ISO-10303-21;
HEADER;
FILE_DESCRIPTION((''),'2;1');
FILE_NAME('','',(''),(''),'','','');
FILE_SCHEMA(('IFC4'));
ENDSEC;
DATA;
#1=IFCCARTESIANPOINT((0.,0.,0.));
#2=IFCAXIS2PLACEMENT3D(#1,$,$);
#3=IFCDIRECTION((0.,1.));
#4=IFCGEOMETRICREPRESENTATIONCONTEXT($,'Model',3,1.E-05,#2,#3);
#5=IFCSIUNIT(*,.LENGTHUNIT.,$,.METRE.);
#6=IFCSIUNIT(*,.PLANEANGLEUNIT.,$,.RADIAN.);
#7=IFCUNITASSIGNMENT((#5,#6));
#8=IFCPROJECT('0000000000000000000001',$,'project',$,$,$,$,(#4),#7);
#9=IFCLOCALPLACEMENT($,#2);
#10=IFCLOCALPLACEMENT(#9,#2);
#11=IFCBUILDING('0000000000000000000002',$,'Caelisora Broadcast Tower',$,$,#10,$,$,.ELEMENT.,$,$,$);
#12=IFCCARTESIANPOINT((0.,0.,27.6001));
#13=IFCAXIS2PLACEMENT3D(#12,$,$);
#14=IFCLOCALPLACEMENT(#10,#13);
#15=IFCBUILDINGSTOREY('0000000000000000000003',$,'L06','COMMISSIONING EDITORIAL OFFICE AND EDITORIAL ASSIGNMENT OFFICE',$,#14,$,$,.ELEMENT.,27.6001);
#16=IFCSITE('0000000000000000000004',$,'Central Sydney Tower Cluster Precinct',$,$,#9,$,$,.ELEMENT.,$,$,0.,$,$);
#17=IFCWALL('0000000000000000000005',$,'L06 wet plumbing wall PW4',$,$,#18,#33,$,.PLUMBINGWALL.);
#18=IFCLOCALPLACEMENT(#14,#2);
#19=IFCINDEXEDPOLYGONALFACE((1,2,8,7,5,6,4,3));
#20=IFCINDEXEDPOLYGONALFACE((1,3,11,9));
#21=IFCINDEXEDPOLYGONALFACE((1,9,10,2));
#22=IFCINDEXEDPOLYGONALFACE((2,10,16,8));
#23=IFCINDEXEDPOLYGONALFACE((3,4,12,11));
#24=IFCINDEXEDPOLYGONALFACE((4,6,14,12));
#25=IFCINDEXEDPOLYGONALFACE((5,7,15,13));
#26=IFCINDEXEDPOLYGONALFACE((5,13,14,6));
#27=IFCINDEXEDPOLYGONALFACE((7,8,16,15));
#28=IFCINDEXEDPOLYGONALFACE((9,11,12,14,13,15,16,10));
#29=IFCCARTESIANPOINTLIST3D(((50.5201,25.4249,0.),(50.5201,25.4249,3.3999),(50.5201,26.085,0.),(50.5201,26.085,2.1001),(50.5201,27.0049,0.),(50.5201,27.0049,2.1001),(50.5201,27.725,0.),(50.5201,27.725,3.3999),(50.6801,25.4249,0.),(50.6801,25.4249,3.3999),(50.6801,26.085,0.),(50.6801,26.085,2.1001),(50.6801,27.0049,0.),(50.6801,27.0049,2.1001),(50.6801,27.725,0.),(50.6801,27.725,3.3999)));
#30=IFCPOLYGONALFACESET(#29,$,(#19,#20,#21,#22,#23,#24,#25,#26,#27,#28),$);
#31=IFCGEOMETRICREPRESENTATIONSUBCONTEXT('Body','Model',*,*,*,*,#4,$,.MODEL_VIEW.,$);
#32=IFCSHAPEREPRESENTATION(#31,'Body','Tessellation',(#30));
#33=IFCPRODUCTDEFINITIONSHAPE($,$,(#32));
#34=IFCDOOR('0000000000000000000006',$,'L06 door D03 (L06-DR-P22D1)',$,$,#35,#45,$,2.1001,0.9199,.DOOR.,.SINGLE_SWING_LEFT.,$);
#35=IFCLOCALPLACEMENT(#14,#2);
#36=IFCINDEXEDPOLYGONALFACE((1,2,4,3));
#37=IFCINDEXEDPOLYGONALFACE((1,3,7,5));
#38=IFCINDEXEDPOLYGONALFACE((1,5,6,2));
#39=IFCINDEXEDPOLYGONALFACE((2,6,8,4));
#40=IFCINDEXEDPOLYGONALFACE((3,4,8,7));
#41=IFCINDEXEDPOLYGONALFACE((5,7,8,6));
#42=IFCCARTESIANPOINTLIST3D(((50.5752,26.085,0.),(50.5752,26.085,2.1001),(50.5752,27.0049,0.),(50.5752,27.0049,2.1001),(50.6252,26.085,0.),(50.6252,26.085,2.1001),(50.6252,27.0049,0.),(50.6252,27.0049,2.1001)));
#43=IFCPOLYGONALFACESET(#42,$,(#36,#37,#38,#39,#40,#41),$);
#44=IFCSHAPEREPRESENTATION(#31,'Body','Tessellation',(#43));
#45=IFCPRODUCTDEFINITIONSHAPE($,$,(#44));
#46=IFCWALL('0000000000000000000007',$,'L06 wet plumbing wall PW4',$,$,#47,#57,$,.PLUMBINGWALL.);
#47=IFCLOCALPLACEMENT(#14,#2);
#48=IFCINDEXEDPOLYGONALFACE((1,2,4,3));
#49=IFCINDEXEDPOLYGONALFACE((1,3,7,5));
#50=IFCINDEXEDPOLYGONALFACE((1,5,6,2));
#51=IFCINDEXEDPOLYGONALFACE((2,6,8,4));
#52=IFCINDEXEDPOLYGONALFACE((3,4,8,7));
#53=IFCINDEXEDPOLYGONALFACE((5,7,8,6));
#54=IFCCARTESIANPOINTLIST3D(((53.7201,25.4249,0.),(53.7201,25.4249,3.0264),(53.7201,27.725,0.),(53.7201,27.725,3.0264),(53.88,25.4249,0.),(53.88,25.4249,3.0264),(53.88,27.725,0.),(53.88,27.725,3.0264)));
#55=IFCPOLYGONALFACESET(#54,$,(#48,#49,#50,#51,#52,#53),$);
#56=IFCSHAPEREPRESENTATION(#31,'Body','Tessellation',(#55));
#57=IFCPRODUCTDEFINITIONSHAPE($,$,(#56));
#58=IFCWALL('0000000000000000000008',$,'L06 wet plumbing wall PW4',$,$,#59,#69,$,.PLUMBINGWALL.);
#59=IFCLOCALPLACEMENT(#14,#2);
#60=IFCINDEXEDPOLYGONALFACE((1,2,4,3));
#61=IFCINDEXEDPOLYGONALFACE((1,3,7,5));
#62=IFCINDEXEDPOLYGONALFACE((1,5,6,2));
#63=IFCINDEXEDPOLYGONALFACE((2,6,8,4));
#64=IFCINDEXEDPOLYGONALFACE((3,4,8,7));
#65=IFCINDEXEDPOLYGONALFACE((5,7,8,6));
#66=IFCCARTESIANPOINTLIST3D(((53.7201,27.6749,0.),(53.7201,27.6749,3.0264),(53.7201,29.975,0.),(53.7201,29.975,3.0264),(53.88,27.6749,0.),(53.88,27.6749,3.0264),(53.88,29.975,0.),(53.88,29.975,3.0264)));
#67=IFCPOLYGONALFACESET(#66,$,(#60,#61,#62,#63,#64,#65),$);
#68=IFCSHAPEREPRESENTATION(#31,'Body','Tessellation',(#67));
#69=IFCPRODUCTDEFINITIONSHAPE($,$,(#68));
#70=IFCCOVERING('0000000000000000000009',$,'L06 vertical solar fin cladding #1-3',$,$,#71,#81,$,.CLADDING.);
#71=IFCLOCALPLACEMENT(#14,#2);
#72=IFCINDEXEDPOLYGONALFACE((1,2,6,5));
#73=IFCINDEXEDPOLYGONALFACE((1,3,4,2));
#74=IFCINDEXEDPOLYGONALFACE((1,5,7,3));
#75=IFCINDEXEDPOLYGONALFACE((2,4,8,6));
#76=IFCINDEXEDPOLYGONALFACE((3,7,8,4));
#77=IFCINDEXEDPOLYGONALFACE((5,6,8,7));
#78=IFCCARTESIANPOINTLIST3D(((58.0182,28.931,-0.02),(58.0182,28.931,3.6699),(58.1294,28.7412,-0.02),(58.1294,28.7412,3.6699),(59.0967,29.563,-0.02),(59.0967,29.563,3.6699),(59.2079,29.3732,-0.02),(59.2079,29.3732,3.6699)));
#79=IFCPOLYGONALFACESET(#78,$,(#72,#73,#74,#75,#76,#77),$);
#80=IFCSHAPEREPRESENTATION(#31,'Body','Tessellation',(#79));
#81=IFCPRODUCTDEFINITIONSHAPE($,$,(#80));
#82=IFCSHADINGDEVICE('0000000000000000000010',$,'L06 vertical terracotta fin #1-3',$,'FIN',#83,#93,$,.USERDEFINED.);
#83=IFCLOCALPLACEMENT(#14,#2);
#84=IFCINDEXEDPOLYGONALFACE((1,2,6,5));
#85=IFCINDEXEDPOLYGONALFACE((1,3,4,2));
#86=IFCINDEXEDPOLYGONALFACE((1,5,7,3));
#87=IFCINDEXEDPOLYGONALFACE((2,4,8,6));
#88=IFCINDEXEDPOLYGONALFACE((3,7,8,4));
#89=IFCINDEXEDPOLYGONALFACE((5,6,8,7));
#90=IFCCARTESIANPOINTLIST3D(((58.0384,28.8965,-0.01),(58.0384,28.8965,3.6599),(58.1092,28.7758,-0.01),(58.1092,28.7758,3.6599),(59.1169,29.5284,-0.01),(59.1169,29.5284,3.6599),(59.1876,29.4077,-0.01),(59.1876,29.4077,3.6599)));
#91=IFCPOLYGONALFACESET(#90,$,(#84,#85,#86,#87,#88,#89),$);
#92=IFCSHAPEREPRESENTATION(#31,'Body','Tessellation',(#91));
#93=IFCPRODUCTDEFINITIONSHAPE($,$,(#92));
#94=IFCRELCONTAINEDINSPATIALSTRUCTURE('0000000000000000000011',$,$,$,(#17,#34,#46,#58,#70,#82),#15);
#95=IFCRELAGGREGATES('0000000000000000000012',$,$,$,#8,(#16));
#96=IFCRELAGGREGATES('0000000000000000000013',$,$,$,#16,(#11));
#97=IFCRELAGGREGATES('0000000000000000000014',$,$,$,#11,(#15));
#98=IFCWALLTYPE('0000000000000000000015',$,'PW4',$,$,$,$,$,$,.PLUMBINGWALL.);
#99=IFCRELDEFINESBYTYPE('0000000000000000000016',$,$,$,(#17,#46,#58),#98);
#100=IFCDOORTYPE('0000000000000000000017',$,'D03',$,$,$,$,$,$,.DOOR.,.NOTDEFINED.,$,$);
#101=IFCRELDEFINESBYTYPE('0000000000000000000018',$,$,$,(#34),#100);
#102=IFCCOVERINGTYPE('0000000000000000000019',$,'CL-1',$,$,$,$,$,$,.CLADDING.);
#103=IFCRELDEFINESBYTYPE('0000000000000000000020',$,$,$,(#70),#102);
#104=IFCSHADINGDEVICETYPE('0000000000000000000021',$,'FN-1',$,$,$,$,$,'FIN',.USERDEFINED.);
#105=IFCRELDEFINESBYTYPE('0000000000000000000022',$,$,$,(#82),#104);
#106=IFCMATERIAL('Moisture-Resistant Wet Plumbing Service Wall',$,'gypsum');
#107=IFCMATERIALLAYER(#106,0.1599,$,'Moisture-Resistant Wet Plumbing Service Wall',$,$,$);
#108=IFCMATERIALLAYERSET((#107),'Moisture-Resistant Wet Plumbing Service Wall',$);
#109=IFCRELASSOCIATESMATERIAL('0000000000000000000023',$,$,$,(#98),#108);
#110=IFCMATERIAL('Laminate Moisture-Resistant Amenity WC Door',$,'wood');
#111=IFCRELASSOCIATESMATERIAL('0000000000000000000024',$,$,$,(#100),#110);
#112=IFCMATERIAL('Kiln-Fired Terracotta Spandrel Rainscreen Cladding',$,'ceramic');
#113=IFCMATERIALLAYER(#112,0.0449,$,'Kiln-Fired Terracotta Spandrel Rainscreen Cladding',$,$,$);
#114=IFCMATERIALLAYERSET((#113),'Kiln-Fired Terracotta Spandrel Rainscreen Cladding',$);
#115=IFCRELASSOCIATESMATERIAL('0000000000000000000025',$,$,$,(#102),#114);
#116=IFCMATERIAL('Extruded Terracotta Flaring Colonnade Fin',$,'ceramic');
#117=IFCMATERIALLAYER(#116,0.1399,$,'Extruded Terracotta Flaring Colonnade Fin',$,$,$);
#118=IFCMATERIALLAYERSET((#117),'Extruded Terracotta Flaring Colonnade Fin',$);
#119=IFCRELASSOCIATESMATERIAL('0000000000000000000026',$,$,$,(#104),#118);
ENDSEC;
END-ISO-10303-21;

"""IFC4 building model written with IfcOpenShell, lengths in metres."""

from ifc_helpers import new_model, si_unit, direction, frame, frame_2d, origin, origin_2d, place, context, subcontext, project, spatial, rectangle, extrude, source, transform, mapped, material, layer, layer_set, type_object, type_shapes, element, fill, save


model = new_model("IFC4")

# Units and contexts
model_context = context("Model", 3, precision=1e-05, world=origin(), true_north=direction((0.0, 1.0)))
body_context = subcontext(model_context, "Body", "Model", "MODEL_VIEW")
ifc_project = project(units=[si_unit("LENGTHUNIT", "METRE"), si_unit("PLANEANGLEUNIT", "RADIAN")], contexts=[model_context])

# Site, building, storey
site_placement = place(None, origin())
site = spatial("IfcSite", under=ifc_project, at=site_placement, Name="Central Sydney Tower Cluster Precinct", CompositionType="ELEMENT", RefElevation=0.0)
building_placement = place(site_placement, origin())
building = spatial("IfcBuilding", under=site, at=building_placement, Name="Caelisora Broadcast Tower", CompositionType="ELEMENT")
storey_placement = place(building_placement, frame((0.0, 0.0, 27.6001)))
storey = spatial("IfcBuildingStorey", under=building, at=storey_placement, Name="L06", Description="COMMISSIONING EDITORIAL OFFICE AND EDITORIAL ASSIGNMENT OFFICE", CompositionType="ELEMENT", Elevation=27.6001)

# Shared definitions
ifc_material_1 = material(Name="Moisture-Resistant Wet Plumbing Service Wall", Category="gypsum")
ifc_layer_1 = layer(ifc_material_1, 0.1599, Name="Moisture-Resistant Wet Plumbing Service Wall")
ifc_layer_set_1 = layer_set([ifc_layer_1], Name="Moisture-Resistant Wet Plumbing Service Wall")
wall_type_1 = type_object("IfcWallType", Name="PW4", PredefinedType="PLUMBINGWALL", material=ifc_layer_set_1)
ifc_material_2 = material(Name="Laminate Moisture-Resistant Amenity WC Door", Category="wood")
door_type = type_object("IfcDoorType", Name="D03", OperationType="NOTDEFINED", PredefinedType="DOOR", material=ifc_material_2)

# Wall, opening, door
wall_1_placement = place(storey_placement, frame((50.6001, 25.425, 0.0), z_axis=(0.0, 0.0, 1.0), x_axis=(0.0, 1.0, 0.0)))
wall_1 = element("IfcWall", 1, at=wall_1_placement, inside=storey, type_object=wall_type_1, Name="L06 wet plumbing wall PW4", PredefinedType="PLUMBINGWALL", context=body_context, shape_type="SweptSolid", body=[
    extrude(rectangle(XDim=2.3, YDim=0.1599, at=frame_2d((1.1499, 0.0))), origin(), (0.0, 0.0, 1.0), 3.3999),
])
opening_1_placement = place(wall_1_placement, frame((0.6599, 0.0, 0.0)))
opening_1 = element("IfcOpeningElement", 2, at=opening_1_placement, cuts=wall_1, PredefinedType="OPENING", context=body_context, shape_type="SweptSolid", body=[
    extrude(rectangle(XDim=0.9199, YDim=2.1001, at=frame_2d((0.46, 1.05))), frame((0.0, 0.092, 0.0), z_axis=(0.0, -1.0, 0.0), x_axis=(1.0, 0.0, 0.0)), (0.0, 0.0, 1.0), 0.1838),
])
door_1_placement = place(opening_1_placement, origin())
door_1 = element("IfcDoor", 3, at=door_1_placement, inside=storey, type_object=door_type, Name="L06 door D03 (L06-DR-P22D1)", OperationType="SINGLE_SWING_LEFT", OverallHeight=2.1001, OverallWidth=0.9199, PredefinedType="DOOR", context=body_context, shape_type="SweptSolid", body=[
    extrude(rectangle(XDim=0.9199, YDim=2.1001, at=frame_2d((0.46, 1.05))), frame((0.0, 0.0249, 0.0), z_axis=(0.0, -1.0, 0.0), x_axis=(1.0, 0.0, 0.0)), (0.0, 0.0, 1.0), 0.05),
])
fill(opening_1, door_1)

# Walls
for number, where, z_axis, x_axis, name in (
    (4, (53.8, 25.425, 0.0), (0.0, 0.0, 1.0), (0.0, 1.0, 0.0), "L06 wet plumbing wall PW4"),
    (5, (53.8, 27.675, 0.0), (0.0, 0.0, 1.0), (0.0, 1.0, 0.0), "L06 wet plumbing wall PW4"),
):
    element("IfcWall", number, at=place(storey_placement, frame(where, z_axis=z_axis, x_axis=x_axis)), inside=storey, type_object=wall_type_1, Name=name, PredefinedType="PLUMBINGWALL", context=body_context, shape_type="SweptSolid", body=[
        extrude(rectangle(XDim=2.3, YDim=0.1599, at=frame_2d((1.1499, 0.0))), origin(), (0.0, 0.0, 1.0), 3.0264),
    ])

# Covering
ifc_material_3 = material(Name="Kiln-Fired Terracotta Spandrel Rainscreen Cladding", Category="ceramic")
ifc_layer_2 = layer(ifc_material_3, 0.0449, Name="Kiln-Fired Terracotta Spandrel Rainscreen Cladding")
ifc_layer_set_2 = layer_set([ifc_layer_2], Name="Kiln-Fired Terracotta Spandrel Rainscreen Cladding")
covering_type = type_object("IfcCoveringType", Name="CL-1", PredefinedType="CLADDING", material=ifc_layer_set_2)
shared_shape_1 = source(origin(), body_context, "Body", "SweptSolid", [
    extrude(rectangle(XDim=0.22, YDim=1.25, at=origin_2d()), origin(), (0.0, 0.0, 1.0), 3.6899),
])
type_shapes(covering_type, [shared_shape_1])
covering_placement = place(storey_placement, frame((58.613, 29.1521, -0.02), z_axis=(0.0, 0.0, 1.0), x_axis=(0.505582, -0.862779, 0.0)))
element("IfcCovering", 6, at=covering_placement, inside=storey, type_object=covering_type, Name="L06 vertical solar fin cladding #1-3", PredefinedType="CLADDING", context=body_context, shape_type="MappedRepresentation", body=[
    mapped(shared_shape_1, transform((0.0, 0.0, 0.0), scale=1.0)),
])

# Shading device
ifc_material_4 = material(Name="Extruded Terracotta Flaring Colonnade Fin", Category="ceramic")
ifc_layer_3 = layer(ifc_material_4, 0.1399, Name="Extruded Terracotta Flaring Colonnade Fin")
ifc_layer_set_3 = layer_set([ifc_layer_3], Name="Extruded Terracotta Flaring Colonnade Fin")
shading_device_type = type_object("IfcShadingDeviceType", Name="FN-1", ElementType="FIN", PredefinedType="USERDEFINED", material=ifc_layer_set_3)
shared_shape_2 = source(origin(), body_context, "Body", "SweptSolid", [
    extrude(rectangle(XDim=0.1399, YDim=1.25, at=origin_2d()), origin(), (0.0, 0.0, 1.0), 3.6699),
])
type_shapes(shading_device_type, [shared_shape_2])
shading_device_placement = place(storey_placement, frame((58.613, 29.1521, -0.01), z_axis=(0.0, 0.0, 1.0), x_axis=(0.505582, -0.862779, 0.0)))
element("IfcShadingDevice", 7, at=shading_device_placement, inside=storey, type_object=shading_device_type, Name="L06 vertical terracotta fin #1-3", ObjectType="FIN", PredefinedType="USERDEFINED", context=body_context, shape_type="MappedRepresentation", body=[
    mapped(shared_shape_2, transform((0.0, 0.0, 0.0), scale=1.0)),
])

save(model, "model.ifc")
